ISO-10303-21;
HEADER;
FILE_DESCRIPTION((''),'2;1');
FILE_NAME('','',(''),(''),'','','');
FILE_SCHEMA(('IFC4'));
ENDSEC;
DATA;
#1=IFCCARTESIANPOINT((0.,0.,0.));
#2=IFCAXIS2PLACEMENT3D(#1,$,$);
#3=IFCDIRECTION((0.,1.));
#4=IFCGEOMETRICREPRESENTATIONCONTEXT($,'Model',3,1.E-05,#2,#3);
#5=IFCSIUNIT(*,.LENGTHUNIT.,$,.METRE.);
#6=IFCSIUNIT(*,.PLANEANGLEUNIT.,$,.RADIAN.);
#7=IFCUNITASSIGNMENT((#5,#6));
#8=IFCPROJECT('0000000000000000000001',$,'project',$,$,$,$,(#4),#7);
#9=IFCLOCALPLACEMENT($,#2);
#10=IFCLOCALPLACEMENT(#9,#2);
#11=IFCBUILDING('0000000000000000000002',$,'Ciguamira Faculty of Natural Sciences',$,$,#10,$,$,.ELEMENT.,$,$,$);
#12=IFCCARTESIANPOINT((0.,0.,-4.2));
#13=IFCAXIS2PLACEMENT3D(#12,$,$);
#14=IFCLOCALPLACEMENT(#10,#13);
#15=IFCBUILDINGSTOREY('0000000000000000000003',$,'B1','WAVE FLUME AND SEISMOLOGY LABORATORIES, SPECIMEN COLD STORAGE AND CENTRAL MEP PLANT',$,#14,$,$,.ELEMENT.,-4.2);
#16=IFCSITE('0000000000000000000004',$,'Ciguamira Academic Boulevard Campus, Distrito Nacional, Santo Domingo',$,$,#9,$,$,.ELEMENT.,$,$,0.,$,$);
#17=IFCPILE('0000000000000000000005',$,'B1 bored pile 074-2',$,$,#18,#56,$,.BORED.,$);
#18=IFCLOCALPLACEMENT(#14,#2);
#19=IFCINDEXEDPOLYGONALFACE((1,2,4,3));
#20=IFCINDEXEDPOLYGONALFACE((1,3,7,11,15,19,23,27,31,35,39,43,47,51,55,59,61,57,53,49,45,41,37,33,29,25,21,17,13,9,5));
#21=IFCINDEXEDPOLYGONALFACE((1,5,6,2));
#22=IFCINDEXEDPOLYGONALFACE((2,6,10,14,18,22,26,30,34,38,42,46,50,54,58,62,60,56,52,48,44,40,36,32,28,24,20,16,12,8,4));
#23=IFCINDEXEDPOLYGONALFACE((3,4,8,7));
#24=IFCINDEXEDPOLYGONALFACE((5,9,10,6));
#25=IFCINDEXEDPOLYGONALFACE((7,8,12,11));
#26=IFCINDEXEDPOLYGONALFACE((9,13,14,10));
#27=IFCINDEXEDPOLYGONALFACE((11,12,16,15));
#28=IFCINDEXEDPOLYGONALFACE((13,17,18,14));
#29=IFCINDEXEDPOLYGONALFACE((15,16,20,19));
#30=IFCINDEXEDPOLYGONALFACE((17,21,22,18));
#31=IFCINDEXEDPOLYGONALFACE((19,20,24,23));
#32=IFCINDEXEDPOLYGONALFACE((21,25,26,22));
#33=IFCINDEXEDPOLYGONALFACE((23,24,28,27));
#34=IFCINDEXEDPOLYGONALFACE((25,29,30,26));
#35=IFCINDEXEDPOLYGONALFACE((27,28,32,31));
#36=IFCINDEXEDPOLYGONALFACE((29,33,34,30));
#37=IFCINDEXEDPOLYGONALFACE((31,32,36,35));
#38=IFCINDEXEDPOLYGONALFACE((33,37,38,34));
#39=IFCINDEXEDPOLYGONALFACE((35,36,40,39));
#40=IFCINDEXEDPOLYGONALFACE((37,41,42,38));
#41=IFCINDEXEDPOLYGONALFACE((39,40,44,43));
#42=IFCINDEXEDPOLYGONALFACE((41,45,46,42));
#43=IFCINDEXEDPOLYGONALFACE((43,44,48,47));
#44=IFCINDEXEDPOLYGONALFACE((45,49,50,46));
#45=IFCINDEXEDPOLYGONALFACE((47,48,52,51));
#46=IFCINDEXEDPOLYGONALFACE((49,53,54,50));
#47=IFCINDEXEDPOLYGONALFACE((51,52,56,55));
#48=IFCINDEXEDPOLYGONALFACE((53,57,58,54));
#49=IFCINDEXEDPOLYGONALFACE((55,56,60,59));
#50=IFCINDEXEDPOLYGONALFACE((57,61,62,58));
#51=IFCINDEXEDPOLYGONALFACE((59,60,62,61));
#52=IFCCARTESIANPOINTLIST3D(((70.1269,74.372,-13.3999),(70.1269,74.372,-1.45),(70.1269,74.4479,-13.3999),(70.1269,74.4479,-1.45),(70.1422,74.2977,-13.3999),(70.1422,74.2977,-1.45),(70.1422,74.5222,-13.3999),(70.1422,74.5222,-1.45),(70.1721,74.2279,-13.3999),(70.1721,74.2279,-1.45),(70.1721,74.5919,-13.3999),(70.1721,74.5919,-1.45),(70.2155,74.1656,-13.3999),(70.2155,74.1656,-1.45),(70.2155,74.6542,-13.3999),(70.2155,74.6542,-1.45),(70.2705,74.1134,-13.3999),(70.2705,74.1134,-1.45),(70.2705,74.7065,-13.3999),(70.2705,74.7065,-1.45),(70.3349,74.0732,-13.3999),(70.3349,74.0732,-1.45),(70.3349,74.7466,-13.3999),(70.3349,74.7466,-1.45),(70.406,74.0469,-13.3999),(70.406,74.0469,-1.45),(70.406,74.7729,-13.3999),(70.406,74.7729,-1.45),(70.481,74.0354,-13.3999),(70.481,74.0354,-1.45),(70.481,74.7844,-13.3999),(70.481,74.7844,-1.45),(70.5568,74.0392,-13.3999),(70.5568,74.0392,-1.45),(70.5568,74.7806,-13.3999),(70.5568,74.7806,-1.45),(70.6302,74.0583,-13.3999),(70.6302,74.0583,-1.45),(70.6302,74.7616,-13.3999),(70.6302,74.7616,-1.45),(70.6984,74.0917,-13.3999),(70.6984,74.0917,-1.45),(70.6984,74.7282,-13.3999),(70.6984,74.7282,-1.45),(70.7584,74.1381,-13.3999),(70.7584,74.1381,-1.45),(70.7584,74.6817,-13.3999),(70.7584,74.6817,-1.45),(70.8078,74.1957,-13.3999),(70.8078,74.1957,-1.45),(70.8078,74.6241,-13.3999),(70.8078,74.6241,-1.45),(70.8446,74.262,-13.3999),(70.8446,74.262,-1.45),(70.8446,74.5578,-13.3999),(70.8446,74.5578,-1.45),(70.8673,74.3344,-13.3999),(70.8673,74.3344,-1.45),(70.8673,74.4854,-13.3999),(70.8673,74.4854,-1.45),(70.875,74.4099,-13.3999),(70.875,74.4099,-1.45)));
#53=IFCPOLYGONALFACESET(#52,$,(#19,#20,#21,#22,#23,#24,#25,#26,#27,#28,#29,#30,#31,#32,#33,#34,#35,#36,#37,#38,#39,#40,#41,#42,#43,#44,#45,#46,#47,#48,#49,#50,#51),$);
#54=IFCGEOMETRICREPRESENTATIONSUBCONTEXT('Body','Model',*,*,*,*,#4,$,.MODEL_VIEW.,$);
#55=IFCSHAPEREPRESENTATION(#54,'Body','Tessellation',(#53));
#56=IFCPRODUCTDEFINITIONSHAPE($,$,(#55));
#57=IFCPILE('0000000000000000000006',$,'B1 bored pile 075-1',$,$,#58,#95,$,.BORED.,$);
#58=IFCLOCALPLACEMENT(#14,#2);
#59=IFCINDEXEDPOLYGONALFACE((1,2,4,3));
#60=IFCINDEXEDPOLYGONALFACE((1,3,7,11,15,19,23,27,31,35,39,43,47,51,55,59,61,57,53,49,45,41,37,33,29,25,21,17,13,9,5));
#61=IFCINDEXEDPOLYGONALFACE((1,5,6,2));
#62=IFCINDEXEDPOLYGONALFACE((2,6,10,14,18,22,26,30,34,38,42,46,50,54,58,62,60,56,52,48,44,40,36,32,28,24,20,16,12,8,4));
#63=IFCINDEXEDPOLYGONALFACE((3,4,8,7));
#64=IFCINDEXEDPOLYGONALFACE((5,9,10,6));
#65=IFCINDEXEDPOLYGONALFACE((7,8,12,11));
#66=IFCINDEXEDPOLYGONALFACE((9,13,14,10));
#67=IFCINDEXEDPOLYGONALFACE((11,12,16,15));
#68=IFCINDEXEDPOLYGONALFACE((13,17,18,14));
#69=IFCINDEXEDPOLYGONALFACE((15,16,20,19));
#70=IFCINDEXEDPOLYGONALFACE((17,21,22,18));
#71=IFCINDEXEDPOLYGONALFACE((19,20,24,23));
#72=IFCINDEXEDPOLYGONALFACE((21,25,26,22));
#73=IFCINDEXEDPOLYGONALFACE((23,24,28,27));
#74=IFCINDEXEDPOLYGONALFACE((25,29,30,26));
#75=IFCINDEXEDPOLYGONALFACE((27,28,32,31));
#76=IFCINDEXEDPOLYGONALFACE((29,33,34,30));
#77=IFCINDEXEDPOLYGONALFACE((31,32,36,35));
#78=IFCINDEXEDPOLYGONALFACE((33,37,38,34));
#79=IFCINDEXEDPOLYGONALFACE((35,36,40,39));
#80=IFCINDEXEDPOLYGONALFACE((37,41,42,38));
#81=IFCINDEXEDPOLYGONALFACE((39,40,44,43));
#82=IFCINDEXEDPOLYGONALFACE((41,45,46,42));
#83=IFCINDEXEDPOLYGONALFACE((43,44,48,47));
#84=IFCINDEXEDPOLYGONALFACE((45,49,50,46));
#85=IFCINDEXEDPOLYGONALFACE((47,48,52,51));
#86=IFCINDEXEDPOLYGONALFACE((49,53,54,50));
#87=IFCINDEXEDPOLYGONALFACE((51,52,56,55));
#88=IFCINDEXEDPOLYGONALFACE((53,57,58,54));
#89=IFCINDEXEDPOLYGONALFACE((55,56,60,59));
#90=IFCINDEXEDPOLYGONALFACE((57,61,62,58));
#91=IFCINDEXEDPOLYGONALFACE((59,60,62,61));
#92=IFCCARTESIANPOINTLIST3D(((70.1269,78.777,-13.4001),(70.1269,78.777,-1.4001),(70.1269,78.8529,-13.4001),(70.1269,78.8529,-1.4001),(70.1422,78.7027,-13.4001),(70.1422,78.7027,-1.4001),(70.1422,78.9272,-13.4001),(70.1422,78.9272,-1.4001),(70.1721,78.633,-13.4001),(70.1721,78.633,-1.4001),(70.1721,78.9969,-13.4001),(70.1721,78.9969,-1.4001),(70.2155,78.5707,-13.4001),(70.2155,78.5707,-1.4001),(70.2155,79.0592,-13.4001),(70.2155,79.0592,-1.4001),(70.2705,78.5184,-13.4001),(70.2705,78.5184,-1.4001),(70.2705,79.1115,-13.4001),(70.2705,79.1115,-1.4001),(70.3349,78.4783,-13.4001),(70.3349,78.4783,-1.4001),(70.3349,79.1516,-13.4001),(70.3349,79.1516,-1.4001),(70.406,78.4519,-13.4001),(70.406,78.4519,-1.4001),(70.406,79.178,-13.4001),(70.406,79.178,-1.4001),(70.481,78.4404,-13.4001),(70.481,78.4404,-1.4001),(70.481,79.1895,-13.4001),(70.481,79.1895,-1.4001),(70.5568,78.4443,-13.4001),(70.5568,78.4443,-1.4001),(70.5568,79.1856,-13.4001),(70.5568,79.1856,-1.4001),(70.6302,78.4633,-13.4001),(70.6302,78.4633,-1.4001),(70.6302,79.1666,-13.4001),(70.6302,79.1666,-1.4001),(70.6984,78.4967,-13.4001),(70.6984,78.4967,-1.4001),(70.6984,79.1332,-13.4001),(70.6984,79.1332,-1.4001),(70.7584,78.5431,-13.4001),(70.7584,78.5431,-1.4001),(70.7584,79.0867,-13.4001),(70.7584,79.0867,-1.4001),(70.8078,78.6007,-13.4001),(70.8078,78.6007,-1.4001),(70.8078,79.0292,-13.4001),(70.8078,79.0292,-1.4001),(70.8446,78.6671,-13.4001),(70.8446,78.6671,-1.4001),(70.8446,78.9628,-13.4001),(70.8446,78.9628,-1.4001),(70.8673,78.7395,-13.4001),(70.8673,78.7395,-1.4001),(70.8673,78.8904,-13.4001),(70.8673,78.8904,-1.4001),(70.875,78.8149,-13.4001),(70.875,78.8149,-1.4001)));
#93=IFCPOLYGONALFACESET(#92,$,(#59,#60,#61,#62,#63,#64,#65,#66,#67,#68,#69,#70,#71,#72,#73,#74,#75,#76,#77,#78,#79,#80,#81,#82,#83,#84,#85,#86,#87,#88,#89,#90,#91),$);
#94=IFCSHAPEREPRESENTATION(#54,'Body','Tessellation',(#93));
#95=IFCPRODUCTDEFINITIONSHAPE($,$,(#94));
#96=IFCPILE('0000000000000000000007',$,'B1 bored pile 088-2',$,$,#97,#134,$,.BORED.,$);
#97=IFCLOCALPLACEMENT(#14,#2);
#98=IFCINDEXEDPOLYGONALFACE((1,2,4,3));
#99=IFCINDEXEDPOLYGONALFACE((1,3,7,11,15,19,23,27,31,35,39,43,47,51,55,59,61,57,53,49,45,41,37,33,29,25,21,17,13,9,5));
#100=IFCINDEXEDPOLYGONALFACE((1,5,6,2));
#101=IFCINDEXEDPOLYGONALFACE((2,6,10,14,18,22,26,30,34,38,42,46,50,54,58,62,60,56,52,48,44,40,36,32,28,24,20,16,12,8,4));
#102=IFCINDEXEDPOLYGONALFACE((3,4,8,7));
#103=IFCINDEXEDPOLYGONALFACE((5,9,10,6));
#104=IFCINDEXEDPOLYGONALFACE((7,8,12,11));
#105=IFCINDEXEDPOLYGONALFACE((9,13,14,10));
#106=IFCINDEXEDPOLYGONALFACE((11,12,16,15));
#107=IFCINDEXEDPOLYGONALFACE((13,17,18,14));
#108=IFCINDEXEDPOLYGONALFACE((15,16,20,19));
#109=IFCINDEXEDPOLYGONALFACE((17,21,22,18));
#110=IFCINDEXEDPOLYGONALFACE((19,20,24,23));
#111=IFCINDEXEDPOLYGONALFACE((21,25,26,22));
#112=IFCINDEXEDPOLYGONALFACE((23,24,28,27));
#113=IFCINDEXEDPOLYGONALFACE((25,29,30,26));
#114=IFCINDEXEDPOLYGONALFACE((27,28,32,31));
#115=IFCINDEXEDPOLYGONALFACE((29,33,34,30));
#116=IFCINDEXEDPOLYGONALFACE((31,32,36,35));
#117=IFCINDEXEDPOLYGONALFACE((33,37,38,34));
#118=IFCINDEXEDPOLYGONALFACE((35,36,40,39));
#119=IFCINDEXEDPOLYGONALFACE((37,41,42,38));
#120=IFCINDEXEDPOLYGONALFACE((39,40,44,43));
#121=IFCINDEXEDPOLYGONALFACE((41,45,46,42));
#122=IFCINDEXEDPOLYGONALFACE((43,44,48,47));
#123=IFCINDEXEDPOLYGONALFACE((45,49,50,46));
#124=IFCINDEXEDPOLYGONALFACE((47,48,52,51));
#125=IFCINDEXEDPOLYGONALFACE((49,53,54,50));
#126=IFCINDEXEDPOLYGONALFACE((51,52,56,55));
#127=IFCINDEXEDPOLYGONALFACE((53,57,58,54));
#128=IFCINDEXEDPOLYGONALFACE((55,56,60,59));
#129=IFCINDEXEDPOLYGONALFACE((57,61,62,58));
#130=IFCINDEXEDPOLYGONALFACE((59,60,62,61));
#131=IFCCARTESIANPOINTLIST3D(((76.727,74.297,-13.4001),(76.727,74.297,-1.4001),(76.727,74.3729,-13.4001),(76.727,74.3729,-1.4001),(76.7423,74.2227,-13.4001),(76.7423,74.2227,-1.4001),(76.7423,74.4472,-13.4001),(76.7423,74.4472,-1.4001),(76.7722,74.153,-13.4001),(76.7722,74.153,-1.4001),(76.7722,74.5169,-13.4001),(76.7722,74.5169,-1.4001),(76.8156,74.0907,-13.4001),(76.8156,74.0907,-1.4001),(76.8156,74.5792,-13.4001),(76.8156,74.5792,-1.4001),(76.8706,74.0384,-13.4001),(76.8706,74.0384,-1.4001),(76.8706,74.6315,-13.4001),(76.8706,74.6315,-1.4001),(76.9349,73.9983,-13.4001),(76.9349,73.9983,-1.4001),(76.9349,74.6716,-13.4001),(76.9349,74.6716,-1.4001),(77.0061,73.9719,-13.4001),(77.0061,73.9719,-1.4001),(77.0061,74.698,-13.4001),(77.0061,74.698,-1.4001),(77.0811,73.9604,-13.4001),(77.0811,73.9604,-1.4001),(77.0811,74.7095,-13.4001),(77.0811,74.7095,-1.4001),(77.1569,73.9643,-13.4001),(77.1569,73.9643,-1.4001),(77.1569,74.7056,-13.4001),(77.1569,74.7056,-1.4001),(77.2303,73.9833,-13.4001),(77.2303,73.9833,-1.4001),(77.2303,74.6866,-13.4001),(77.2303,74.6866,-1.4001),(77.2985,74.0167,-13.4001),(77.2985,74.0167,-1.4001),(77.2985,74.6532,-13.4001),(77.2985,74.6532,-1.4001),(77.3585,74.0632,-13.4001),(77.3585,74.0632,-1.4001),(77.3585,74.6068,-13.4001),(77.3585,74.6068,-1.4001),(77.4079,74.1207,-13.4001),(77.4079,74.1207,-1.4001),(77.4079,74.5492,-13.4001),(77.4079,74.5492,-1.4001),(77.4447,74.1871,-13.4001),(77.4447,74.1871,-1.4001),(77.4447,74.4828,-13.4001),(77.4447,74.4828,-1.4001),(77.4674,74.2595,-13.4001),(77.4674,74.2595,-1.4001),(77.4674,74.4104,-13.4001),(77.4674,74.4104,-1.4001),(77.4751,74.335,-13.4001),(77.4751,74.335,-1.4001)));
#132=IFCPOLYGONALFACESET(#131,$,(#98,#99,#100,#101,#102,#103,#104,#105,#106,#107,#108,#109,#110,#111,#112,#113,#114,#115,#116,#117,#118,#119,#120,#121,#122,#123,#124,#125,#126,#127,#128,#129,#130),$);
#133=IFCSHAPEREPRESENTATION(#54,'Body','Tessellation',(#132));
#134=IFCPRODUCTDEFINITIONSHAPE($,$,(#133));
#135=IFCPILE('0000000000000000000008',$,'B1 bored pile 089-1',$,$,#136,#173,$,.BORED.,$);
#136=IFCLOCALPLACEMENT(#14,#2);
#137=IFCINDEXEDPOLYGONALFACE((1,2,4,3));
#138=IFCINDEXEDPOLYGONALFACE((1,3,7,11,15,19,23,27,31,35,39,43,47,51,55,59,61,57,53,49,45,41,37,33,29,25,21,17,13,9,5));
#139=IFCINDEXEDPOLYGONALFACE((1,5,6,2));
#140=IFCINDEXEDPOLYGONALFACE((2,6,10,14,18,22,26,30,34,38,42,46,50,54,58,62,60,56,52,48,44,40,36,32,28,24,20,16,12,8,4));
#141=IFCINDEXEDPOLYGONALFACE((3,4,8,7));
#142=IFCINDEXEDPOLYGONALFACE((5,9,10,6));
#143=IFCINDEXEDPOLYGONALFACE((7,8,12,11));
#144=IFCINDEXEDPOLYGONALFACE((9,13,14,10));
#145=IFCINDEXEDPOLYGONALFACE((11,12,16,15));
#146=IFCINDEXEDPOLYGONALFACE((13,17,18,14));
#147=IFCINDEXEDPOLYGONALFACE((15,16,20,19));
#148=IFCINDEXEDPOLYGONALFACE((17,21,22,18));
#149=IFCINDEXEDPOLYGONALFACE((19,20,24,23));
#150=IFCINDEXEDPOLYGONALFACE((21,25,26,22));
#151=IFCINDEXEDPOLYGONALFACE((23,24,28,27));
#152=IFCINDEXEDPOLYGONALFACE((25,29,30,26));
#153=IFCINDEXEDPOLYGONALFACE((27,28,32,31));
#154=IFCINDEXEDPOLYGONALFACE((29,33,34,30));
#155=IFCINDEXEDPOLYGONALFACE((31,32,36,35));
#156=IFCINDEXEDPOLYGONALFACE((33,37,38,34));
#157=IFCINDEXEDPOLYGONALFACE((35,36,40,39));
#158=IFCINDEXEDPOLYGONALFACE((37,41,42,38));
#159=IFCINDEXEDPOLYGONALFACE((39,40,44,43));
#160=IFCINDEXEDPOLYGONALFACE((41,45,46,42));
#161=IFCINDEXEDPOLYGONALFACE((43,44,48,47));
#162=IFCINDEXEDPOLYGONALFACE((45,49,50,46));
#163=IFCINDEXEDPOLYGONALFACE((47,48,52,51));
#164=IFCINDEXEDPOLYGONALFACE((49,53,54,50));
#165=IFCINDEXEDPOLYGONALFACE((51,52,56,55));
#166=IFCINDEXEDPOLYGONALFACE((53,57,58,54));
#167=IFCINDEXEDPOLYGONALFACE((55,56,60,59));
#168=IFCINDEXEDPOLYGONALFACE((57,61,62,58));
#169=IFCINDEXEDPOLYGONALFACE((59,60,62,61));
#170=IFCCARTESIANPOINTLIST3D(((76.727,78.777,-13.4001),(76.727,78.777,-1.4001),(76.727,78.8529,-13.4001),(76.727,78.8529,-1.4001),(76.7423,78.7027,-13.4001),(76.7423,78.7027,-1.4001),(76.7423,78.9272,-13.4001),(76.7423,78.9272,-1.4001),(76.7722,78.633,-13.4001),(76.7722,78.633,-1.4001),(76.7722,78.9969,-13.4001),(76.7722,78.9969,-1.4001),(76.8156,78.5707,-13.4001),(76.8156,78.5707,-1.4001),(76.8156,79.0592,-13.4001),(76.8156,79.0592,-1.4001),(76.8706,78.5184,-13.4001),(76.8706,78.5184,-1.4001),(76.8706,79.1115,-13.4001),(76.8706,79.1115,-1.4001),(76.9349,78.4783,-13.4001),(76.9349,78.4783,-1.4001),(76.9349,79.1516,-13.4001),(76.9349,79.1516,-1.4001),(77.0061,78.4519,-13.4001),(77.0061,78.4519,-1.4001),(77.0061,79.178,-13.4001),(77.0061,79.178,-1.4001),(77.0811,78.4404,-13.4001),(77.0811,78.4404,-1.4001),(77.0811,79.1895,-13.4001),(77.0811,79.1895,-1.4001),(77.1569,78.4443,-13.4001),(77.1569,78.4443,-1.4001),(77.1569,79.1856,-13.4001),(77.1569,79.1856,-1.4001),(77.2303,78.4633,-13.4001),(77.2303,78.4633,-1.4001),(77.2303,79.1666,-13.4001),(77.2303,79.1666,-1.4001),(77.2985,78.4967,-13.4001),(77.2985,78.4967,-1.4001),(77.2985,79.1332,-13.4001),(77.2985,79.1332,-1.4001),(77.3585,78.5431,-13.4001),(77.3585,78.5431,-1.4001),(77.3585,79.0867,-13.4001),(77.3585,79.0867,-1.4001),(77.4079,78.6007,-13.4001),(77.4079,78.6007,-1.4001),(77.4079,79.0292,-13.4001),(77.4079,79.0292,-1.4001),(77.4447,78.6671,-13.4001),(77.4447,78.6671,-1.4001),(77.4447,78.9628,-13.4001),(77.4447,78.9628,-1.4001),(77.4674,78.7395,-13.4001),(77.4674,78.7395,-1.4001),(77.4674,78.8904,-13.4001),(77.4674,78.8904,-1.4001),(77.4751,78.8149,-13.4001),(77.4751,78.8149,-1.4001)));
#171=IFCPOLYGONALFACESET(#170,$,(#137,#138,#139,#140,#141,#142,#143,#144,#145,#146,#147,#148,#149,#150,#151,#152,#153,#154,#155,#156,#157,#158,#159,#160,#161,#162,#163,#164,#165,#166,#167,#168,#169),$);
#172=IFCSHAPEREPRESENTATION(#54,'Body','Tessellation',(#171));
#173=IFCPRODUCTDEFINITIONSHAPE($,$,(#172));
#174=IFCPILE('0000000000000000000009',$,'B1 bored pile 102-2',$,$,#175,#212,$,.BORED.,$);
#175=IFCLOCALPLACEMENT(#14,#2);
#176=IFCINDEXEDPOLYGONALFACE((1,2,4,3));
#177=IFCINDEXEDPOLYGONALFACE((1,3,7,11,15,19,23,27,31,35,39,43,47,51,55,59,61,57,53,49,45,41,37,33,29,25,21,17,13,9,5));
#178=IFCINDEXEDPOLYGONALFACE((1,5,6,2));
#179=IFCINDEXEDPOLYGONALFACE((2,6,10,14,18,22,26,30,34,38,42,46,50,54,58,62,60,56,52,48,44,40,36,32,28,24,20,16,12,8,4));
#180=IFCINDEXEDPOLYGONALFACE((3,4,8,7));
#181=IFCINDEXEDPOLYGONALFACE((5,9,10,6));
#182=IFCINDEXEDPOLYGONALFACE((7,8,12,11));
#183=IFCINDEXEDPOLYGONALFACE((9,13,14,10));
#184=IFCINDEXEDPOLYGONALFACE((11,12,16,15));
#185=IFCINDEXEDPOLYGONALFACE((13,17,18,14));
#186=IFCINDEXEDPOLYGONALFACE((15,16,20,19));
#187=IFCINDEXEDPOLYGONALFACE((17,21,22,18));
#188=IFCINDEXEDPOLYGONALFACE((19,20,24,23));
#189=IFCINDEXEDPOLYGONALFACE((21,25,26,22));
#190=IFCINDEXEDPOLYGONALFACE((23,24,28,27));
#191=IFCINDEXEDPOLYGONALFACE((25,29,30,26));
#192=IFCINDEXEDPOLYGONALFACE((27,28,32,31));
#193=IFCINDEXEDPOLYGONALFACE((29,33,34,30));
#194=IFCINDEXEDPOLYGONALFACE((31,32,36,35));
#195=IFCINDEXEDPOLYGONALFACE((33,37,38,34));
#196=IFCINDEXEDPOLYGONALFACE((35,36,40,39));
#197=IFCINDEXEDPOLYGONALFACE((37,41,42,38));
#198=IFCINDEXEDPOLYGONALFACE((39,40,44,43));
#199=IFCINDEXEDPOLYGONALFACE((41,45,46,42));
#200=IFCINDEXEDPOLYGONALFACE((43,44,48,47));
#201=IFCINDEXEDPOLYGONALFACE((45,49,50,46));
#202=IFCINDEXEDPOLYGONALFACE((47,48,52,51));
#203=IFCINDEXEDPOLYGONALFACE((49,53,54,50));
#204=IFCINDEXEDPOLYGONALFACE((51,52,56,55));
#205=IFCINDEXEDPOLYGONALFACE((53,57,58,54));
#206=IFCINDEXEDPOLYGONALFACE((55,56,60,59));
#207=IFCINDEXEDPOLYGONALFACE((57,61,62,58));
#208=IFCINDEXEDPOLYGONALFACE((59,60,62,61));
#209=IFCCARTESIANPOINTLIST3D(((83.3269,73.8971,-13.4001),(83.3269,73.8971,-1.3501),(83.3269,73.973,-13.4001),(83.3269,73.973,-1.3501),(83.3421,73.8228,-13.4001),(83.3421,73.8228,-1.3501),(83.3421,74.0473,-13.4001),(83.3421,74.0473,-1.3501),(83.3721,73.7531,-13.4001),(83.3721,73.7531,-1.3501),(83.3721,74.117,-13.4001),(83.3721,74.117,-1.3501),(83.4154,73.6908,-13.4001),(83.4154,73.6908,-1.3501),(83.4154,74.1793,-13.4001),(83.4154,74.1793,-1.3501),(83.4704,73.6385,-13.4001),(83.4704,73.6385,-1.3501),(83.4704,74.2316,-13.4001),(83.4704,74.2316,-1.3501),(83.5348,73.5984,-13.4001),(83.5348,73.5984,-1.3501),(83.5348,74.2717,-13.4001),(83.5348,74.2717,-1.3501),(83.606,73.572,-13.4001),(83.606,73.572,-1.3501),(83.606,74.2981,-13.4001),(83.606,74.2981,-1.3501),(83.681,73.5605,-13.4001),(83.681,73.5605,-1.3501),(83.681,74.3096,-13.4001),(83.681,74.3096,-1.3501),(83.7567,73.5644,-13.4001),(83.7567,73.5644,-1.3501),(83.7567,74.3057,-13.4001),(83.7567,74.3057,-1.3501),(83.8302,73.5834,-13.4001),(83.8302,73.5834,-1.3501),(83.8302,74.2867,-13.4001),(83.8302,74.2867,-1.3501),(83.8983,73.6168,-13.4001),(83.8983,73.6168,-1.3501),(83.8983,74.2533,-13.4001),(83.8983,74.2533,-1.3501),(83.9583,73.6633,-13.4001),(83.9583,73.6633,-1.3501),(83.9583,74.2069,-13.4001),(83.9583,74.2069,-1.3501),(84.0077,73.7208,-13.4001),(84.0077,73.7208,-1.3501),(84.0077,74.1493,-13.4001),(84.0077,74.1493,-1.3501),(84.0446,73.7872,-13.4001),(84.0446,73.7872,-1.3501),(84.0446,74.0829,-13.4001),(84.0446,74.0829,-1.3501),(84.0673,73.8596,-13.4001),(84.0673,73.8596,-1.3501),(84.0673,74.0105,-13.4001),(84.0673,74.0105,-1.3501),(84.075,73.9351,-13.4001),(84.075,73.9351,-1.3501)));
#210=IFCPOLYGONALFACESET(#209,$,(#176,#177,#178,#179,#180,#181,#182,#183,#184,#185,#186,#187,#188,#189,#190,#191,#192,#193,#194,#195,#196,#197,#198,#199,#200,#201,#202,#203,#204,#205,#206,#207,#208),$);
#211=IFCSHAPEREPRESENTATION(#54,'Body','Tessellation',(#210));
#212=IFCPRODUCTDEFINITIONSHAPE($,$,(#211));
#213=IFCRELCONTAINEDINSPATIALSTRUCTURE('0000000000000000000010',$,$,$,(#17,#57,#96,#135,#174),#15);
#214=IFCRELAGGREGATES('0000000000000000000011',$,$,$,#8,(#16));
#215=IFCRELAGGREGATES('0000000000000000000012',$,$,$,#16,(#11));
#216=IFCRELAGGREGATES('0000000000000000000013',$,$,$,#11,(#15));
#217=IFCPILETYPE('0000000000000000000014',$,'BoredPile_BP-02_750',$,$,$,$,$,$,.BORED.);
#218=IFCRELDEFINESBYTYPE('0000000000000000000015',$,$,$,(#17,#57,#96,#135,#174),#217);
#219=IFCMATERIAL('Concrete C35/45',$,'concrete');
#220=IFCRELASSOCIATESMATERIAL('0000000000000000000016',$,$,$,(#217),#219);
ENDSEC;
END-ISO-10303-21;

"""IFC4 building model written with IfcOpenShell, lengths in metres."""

from ifc_helpers import new_model, si_unit, direction, frame, origin, origin_2d, place, context, subcontext, project, spatial, circle, extrude, material, material_profile, profile_set, type_object, element, save


model = new_model("IFC4")

# Units and contexts
model_context = context("Model", 3, precision=1e-05, world=origin(), true_north=direction((0.0, 1.0)))
body_context = subcontext(model_context, "Body", "Model", "MODEL_VIEW")
ifc_project = project(units=[si_unit("LENGTHUNIT", "METRE"), si_unit("PLANEANGLEUNIT", "RADIAN")], contexts=[model_context])

# Site, building, storey
site_placement = place(None, origin())
site = spatial("IfcSite", under=ifc_project, at=site_placement, Name="Ciguamira Academic Boulevard Campus, Distrito Nacional, Santo Domingo", CompositionType="ELEMENT", RefElevation=0.0)
building_placement = place(site_placement, origin())
building = spatial("IfcBuilding", under=site, at=building_placement, Name="Ciguamira Faculty of Natural Sciences", CompositionType="ELEMENT")
storey_placement = place(building_placement, frame((0.0, 0.0, -4.2)))
storey = spatial("IfcBuildingStorey", under=building, at=storey_placement, Name="B1", Description="WAVE FLUME AND SEISMOLOGY LABORATORIES, SPECIMEN COLD STORAGE AND CENTRAL MEP PLANT", CompositionType="ELEMENT", Elevation=-4.2)

# Piles
ifc_material_1 = material(Name="Concrete C35/45", Category="concrete")
ifc_material_profile_1 = material_profile(ifc_material_1, circle(Radius=0.375, at=origin_2d()), Name="PILE-BORED-750")
ifc_profile_set_1 = profile_set([ifc_material_profile_1], Name="Concrete C35/45")
pile_type = type_object("IfcPileType", Name="BoredPile_BP-02_750", PredefinedType="BORED", material=ifc_profile_set_1)
pile_1_placement = place(storey_placement, frame((70.5, 74.4099, -1.45), z_axis=(0.0, 0.0, -1.0), x_axis=(1.0, 0.0, 0.0)))
element("IfcPile", 1, at=pile_1_placement, inside=storey, type_object=pile_type, Name="B1 bored pile 074-2", PredefinedType="BORED", context=body_context, shape_type="SweptSolid", body=[
    extrude(circle(Radius=0.375, at=origin_2d()), origin(), (0.0, 0.0, 1.0), 11.95),
])
for number, where, z_axis, x_axis, name in (
    (2, (70.5, 78.8149, -1.4001), (0.0, 0.0, -1.0), (1.0, 0.0, 0.0), "B1 bored pile 075-1"),
    (3, (77.1001, 74.335, -1.4001), (0.0, 0.0, -1.0), (1.0, 0.0, 0.0), "B1 bored pile 088-2"),
    (4, (77.1001, 78.8149, -1.4001), (0.0, 0.0, -1.0), (1.0, 0.0, 0.0), "B1 bored pile 089-1"),
):
    element("IfcPile", number, at=place(storey_placement, frame(where, z_axis=z_axis, x_axis=x_axis)), inside=storey, type_object=pile_type, Name=name, PredefinedType="BORED", context=body_context, shape_type="SweptSolid", body=[
        extrude(circle(Radius=0.375, at=origin_2d()), origin(), (0.0, 0.0, 1.0), 12.0),
    ])
pile_2_placement = place(storey_placement, frame((83.7, 73.9351, -1.3501), z_axis=(0.0, 0.0, -1.0), x_axis=(1.0, 0.0, 0.0)))
element("IfcPile", 5, at=pile_2_placement, inside=storey, type_object=pile_type, Name="B1 bored pile 102-2", PredefinedType="BORED", context=body_context, shape_type="SweptSolid", body=[
    extrude(circle(Radius=0.375, at=origin_2d()), origin(), (0.0, 0.0, 1.0), 12.05),
])

save(model, "model.ifc")
